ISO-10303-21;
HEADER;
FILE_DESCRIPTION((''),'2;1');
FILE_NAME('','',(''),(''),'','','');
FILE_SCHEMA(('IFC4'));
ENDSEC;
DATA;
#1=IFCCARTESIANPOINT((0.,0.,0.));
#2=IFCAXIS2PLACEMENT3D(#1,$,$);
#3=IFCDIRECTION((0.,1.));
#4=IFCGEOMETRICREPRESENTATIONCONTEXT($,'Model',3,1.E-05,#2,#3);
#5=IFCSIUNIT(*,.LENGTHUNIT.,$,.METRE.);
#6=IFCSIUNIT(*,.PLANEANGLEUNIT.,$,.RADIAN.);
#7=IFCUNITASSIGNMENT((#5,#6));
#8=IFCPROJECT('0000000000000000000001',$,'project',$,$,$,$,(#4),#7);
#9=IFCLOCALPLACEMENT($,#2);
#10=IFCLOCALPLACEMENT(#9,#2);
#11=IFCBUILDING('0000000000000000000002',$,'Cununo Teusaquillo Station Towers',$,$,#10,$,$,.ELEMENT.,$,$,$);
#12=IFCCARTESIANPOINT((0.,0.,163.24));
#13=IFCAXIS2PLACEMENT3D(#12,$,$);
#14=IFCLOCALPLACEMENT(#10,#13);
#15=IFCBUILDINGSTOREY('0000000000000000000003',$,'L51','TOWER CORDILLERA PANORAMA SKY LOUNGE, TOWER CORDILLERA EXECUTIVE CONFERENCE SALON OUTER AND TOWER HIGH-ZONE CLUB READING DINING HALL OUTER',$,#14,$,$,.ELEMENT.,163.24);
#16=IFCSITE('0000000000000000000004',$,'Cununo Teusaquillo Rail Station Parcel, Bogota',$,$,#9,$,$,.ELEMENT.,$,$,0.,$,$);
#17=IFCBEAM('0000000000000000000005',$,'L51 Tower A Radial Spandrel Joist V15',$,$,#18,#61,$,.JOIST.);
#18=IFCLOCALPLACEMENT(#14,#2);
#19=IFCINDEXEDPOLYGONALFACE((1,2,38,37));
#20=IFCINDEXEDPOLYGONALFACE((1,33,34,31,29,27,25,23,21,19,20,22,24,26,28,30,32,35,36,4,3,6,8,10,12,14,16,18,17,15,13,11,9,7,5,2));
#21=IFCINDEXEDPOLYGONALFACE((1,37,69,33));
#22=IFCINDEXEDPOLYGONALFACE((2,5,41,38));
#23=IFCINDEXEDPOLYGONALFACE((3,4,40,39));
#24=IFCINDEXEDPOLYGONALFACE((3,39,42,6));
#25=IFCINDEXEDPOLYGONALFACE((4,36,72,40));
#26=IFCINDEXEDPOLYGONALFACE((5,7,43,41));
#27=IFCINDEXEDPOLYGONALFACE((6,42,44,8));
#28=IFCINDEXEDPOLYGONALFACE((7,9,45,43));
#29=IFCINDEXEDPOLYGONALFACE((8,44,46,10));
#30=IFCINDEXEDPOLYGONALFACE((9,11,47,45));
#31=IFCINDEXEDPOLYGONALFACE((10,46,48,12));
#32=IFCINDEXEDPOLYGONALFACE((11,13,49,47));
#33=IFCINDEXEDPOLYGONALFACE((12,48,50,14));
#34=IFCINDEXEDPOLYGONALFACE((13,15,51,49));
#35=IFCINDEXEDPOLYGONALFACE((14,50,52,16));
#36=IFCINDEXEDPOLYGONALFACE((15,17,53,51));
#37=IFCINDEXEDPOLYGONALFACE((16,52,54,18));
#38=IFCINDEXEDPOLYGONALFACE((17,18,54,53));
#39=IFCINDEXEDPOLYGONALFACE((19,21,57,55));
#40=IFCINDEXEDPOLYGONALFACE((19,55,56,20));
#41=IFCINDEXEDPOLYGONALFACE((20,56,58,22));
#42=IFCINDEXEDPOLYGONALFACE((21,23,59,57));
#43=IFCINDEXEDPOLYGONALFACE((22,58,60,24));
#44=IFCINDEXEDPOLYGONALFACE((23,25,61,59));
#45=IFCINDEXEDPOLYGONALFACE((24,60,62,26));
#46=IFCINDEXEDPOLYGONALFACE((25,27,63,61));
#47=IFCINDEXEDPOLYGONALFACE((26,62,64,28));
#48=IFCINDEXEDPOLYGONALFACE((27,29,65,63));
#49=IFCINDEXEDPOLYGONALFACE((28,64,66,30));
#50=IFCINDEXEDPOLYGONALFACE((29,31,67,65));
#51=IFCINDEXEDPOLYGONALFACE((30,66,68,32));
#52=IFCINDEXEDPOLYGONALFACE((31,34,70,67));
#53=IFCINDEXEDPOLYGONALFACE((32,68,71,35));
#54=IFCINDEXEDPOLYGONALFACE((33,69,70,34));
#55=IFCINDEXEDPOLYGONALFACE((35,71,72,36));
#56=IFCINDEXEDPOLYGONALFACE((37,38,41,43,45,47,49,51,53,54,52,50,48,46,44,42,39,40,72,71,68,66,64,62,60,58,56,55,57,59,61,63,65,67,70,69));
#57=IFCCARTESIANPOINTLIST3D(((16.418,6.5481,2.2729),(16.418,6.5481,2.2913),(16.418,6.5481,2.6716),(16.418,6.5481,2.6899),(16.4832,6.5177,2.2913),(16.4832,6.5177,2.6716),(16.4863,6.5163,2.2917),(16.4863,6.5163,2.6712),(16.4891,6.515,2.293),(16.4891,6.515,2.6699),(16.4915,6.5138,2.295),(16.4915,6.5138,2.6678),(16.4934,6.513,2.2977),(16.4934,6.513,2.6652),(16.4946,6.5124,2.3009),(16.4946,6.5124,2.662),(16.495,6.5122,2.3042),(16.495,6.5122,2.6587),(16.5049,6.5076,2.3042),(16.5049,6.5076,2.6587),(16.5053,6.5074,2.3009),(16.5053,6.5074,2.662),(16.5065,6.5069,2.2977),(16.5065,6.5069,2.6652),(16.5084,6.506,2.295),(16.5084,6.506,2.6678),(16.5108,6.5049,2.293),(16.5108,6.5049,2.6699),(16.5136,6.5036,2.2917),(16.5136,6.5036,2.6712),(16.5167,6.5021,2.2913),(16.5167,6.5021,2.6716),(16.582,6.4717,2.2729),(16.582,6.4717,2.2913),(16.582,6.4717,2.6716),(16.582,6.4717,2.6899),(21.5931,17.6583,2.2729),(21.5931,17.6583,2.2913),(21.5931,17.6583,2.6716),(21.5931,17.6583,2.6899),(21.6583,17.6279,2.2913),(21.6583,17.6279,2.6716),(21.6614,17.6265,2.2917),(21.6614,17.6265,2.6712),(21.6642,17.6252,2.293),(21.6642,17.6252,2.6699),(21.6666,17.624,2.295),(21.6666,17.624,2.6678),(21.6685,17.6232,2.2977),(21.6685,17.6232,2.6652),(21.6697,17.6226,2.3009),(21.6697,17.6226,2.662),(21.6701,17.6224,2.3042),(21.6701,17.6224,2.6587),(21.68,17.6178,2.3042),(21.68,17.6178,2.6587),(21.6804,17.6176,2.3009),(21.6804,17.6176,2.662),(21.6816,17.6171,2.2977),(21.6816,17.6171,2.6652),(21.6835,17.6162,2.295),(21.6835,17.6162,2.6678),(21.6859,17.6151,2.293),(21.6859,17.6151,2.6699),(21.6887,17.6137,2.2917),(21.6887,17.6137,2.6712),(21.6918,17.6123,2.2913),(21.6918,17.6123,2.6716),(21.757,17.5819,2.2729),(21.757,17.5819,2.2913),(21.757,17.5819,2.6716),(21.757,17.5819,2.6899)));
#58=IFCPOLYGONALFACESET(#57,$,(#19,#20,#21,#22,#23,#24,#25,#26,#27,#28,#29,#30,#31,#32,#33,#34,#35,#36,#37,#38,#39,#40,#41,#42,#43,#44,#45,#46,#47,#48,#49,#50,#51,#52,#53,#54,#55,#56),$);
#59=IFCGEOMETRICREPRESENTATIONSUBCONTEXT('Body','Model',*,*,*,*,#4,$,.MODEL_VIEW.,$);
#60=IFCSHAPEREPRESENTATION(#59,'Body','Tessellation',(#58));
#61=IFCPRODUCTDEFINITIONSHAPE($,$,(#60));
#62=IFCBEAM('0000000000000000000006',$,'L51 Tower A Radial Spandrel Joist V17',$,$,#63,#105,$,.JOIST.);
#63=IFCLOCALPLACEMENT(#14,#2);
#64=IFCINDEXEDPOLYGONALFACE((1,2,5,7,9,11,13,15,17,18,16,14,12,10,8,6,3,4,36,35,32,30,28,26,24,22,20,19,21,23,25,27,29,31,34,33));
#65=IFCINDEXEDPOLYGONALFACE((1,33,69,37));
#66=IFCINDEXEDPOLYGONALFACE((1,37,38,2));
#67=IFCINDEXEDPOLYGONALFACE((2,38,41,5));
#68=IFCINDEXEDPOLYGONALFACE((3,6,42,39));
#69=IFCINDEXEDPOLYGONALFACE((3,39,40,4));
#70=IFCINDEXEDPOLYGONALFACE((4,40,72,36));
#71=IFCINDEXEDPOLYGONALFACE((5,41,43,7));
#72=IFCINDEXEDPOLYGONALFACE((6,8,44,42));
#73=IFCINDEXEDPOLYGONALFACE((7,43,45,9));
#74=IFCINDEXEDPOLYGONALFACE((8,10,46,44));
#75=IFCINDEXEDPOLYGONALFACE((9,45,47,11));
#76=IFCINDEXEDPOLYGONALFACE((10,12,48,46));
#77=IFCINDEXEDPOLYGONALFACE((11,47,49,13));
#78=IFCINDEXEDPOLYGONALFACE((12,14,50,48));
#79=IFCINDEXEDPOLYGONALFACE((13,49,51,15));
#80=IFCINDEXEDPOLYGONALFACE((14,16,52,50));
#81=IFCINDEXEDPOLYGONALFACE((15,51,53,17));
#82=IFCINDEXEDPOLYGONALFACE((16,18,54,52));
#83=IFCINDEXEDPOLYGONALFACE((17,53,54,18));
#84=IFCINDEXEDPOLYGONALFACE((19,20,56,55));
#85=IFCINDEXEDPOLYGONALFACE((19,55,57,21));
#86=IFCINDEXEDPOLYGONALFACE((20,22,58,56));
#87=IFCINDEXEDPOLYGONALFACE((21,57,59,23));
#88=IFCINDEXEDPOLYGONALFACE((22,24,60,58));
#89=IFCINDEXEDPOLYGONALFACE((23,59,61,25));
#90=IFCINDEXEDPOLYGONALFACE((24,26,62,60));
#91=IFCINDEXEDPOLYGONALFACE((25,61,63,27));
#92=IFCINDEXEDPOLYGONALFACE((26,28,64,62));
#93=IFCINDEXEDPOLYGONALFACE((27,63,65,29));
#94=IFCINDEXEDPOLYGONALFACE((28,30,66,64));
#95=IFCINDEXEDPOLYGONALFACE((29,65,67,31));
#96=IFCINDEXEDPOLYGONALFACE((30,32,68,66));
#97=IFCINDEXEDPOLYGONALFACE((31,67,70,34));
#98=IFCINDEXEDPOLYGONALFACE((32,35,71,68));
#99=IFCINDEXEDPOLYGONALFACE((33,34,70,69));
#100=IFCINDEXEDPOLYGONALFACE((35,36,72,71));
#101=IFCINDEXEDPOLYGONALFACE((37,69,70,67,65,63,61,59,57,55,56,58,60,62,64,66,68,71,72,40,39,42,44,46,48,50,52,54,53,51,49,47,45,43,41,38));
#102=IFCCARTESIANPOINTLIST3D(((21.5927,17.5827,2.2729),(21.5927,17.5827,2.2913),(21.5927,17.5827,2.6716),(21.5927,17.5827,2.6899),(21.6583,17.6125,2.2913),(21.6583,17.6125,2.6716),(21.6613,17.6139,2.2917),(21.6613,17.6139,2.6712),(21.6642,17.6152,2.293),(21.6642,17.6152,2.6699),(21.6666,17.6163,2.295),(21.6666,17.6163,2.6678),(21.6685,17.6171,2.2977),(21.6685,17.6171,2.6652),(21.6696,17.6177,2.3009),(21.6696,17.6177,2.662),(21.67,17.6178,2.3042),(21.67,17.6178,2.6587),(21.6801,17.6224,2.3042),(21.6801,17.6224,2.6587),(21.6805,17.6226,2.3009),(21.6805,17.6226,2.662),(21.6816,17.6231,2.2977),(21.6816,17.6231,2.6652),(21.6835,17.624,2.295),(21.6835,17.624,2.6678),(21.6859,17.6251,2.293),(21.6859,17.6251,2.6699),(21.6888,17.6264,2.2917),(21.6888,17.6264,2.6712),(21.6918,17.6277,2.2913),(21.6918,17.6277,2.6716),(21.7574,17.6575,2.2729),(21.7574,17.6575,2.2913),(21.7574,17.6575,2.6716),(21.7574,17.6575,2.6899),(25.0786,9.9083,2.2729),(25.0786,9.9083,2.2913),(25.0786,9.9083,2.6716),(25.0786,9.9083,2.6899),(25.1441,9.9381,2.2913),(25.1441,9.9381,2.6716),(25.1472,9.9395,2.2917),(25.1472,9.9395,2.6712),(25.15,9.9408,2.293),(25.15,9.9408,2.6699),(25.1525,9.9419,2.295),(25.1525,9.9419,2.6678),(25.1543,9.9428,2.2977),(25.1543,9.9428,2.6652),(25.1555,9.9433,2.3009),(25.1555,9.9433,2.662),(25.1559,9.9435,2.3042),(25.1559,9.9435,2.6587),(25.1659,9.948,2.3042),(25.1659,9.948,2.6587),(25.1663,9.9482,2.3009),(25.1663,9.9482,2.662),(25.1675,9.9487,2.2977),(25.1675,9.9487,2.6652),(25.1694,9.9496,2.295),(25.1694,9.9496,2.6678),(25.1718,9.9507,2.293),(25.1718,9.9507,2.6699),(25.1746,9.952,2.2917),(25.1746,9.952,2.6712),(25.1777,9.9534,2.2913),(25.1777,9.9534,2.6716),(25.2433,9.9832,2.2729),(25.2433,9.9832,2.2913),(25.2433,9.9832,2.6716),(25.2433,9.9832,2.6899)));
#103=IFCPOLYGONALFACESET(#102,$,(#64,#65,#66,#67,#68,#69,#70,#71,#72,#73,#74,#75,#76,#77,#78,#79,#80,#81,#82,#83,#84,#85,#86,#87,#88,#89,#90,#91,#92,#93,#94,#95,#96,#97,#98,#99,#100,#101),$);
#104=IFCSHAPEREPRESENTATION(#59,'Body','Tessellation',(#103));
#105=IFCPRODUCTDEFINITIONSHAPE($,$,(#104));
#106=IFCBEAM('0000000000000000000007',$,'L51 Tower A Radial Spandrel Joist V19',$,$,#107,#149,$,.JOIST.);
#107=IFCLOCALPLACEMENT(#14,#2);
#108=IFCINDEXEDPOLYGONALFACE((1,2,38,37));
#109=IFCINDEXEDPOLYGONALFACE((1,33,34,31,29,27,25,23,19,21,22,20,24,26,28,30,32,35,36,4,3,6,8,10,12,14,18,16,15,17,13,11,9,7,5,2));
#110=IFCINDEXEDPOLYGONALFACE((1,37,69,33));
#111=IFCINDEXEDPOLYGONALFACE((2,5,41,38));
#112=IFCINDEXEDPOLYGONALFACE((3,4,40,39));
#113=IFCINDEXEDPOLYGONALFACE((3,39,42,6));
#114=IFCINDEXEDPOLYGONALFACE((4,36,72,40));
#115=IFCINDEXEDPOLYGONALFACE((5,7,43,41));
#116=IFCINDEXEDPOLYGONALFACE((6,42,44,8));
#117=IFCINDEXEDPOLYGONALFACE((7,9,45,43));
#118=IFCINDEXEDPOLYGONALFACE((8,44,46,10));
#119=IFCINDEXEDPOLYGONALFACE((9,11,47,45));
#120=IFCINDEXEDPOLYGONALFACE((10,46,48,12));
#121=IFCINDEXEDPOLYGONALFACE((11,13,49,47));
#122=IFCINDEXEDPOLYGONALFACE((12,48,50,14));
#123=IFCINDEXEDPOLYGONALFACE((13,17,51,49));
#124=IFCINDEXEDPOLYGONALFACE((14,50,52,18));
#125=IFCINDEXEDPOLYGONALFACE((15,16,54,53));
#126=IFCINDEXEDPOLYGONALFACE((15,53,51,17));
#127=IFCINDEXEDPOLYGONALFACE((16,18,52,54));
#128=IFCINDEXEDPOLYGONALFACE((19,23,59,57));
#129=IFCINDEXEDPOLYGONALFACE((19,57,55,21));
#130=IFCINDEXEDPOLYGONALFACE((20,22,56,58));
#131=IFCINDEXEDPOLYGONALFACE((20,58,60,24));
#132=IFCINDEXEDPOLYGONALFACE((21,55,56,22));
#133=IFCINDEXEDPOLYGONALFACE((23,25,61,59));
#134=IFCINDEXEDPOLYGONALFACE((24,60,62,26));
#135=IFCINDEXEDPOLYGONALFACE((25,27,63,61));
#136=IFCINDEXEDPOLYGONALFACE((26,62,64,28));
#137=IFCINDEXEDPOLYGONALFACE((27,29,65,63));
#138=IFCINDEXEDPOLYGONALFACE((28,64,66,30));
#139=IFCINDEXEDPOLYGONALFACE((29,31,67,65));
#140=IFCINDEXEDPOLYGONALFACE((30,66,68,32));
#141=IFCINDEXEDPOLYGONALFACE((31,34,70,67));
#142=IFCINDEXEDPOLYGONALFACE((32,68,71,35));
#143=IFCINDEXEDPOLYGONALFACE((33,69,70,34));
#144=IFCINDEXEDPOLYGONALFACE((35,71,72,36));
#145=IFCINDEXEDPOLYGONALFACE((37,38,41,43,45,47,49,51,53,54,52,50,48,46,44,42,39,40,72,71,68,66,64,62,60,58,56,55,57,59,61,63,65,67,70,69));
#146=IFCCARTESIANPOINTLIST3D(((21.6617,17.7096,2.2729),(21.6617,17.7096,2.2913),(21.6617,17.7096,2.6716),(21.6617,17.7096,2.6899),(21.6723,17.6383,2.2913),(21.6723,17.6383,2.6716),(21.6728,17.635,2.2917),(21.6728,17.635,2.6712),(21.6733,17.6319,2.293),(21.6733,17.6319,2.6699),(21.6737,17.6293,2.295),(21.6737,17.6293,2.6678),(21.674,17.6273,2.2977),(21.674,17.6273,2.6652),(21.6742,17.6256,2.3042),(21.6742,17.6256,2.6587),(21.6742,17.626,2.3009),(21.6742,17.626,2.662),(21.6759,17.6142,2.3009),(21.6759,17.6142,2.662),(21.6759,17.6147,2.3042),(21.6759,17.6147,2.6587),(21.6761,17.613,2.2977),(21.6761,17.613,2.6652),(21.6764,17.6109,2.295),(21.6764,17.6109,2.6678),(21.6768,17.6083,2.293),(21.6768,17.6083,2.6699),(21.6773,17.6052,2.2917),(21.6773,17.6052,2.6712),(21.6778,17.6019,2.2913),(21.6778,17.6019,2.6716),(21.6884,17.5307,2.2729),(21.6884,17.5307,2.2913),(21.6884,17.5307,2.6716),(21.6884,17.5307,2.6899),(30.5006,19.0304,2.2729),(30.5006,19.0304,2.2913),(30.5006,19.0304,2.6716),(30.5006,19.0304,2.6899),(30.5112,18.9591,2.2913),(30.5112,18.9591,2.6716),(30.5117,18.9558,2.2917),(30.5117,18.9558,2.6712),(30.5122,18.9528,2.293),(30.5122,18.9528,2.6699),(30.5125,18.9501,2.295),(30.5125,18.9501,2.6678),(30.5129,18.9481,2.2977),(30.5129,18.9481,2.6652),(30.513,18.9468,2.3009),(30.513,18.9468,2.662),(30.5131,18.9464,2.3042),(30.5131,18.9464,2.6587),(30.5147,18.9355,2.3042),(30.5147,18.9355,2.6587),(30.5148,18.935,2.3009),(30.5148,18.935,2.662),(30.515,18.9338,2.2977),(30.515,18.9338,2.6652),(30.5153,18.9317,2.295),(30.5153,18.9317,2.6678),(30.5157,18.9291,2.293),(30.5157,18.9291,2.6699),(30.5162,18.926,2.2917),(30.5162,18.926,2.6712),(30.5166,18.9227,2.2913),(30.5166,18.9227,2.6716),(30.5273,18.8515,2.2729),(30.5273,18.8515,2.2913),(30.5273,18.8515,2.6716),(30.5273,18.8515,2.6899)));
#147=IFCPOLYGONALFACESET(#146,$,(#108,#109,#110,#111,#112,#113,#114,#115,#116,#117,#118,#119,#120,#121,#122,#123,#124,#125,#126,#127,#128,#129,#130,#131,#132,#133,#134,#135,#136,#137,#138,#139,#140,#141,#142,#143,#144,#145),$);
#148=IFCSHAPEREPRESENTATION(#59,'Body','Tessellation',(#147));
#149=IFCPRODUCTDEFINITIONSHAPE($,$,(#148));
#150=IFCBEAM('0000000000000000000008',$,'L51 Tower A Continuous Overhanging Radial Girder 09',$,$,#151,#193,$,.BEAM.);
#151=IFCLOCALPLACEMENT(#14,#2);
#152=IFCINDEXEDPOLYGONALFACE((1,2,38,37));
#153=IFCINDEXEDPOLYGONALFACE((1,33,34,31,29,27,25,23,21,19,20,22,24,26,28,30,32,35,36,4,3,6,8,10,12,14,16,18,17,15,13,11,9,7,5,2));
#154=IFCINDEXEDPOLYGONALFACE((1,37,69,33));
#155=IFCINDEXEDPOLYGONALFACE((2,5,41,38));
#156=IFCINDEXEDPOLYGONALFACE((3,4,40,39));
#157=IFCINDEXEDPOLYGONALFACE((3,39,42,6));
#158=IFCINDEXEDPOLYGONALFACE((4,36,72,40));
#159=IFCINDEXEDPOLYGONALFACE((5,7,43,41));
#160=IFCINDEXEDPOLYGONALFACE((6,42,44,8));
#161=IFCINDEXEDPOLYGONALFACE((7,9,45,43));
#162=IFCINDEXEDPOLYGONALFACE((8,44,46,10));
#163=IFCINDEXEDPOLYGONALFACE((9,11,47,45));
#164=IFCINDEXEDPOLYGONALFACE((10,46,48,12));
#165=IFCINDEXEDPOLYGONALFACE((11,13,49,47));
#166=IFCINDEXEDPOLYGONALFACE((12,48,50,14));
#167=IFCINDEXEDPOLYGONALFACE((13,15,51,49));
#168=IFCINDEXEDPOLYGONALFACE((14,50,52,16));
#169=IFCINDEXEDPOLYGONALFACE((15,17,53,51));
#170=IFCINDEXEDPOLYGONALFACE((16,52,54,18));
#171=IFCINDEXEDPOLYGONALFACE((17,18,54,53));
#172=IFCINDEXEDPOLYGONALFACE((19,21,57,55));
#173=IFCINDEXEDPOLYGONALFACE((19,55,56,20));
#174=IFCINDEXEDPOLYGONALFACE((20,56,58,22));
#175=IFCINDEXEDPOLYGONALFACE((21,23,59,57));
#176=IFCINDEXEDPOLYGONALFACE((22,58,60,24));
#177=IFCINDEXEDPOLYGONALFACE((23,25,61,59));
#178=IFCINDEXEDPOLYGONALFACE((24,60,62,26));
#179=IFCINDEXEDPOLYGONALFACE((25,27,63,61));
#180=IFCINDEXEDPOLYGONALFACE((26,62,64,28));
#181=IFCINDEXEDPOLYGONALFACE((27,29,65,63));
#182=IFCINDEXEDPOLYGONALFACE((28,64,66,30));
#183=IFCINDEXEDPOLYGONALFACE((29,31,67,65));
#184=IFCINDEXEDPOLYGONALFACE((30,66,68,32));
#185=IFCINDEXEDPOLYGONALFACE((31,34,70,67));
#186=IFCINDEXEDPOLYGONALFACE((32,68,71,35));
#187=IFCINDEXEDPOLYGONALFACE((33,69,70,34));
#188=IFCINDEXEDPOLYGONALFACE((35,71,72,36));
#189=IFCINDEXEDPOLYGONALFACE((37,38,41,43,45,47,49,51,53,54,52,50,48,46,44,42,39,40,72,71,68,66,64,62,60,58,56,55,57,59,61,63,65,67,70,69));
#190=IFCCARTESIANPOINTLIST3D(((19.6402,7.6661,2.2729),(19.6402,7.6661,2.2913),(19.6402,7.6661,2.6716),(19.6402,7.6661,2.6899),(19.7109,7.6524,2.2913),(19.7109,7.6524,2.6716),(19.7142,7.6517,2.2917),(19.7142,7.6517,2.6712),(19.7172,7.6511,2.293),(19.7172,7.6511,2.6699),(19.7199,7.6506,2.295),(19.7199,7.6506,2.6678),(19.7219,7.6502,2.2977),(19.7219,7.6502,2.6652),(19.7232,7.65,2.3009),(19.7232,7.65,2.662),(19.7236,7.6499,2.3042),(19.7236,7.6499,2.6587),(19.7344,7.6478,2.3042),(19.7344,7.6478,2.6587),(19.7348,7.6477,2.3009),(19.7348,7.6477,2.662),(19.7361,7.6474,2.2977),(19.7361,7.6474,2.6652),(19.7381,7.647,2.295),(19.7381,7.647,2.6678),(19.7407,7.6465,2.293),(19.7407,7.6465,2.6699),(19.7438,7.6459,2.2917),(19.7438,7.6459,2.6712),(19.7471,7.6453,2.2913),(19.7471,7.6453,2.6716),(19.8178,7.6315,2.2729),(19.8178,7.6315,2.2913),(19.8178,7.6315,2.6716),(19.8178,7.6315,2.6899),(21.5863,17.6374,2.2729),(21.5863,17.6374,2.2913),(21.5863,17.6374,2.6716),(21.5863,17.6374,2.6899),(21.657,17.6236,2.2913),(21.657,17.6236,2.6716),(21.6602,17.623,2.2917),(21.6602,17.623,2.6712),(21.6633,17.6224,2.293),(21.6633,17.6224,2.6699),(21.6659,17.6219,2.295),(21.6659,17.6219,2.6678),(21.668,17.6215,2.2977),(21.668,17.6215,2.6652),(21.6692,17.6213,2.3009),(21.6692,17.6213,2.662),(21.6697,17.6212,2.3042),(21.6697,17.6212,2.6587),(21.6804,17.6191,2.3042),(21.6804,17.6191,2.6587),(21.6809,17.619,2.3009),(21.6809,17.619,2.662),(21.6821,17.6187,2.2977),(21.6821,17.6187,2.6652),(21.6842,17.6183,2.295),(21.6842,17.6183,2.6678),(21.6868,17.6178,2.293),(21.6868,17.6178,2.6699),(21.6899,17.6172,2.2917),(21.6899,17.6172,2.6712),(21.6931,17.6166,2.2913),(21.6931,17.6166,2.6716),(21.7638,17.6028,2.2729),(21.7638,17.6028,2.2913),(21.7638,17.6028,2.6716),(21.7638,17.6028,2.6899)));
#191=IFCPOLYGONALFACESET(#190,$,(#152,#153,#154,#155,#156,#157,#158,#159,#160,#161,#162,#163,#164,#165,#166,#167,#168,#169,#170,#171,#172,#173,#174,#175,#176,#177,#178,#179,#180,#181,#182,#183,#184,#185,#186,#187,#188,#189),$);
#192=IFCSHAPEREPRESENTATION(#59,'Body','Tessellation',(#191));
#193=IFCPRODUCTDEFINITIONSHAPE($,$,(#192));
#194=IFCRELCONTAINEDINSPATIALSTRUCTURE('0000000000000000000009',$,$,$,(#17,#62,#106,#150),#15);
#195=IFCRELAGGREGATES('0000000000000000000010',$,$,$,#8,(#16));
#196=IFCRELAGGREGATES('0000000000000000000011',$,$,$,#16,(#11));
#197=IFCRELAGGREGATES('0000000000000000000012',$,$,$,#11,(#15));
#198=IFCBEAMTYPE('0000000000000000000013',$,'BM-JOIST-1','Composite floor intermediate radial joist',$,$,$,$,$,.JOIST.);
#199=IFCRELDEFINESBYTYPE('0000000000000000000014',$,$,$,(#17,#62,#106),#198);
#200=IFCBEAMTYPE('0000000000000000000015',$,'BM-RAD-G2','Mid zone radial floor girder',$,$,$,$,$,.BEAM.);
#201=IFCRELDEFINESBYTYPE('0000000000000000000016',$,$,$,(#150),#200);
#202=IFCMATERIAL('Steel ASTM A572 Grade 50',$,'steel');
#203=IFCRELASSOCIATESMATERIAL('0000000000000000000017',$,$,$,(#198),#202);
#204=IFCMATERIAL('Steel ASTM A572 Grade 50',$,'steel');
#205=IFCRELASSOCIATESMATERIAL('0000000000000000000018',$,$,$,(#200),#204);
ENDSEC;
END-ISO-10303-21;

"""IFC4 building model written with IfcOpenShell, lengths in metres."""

from ifc_helpers import new_model, si_unit, direction, frame, origin, origin_2d, place, context, subcontext, project, spatial, i_section, extrude, material, material_profile, profile_set, type_object, element, save


model = new_model("IFC4")

# Units and contexts
model_context = context("Model", 3, precision=1e-05, world=origin(), true_north=direction((0.0, 1.0)))
body_context = subcontext(model_context, "Body", "Model", "MODEL_VIEW")
ifc_project = project(units=[si_unit("LENGTHUNIT", "METRE"), si_unit("PLANEANGLEUNIT", "RADIAN")], contexts=[model_context])

# Site, building, storey
site_placement = place(None, origin())
site = spatial("IfcSite", under=ifc_project, at=site_placement, Name="Cununo Teusaquillo Rail Station Parcel, Bogota", CompositionType="ELEMENT", RefElevation=0.0)
building_placement = place(site_placement, origin())
building = spatial("IfcBuilding", under=site, at=building_placement, Name="Cununo Teusaquillo Station Towers", CompositionType="ELEMENT")
storey_placement = place(building_placement, frame((0.0, 0.0, 163.24)))
storey = spatial("IfcBuildingStorey", under=building, at=storey_placement, Name="L51", Description="TOWER CORDILLERA PANORAMA SKY LOUNGE, TOWER CORDILLERA EXECUTIVE CONFERENCE SALON OUTER AND TOWER HIGH-ZONE CLUB READING DINING HALL OUTER", CompositionType="ELEMENT", Elevation=163.24)

# Beams
ifc_material_1 = material(Name="Steel ASTM A572 Grade 50", Category="steel")
ifc_material_profile_1 = material_profile(ifc_material_1, i_section(OverallWidth=0.1809, OverallDepth=0.417, WebThickness=0.011, FlangeThickness=0.0183, FilletRadius=0.0129, at=origin_2d()), Name="W16X57")
ifc_profile_set_1 = profile_set([ifc_material_profile_1], Name="Steel ASTM A572 Grade 50")
beam_type_1 = type_object("IfcBeamType", Name="BM-JOIST-1", Description="Composite floor intermediate radial joist", PredefinedType="JOIST", material=ifc_profile_set_1)
beam_1_placement = place(storey_placement, frame((21.675, 17.6201, 2.4814), z_axis=(-0.422238, -0.906485, 0.0), x_axis=(0.906485, -0.422238, 0.0)))
element("IfcBeam", 1, at=beam_1_placement, inside=storey, type_object=beam_type_1, Name="L51 Tower A Radial Spandrel Joist V15", PredefinedType="JOIST", context=body_context, shape_type="SweptSolid", body=[
    extrude(i_section(OverallWidth=0.1809, OverallDepth=0.417, WebThickness=0.011, FlangeThickness=0.0183, FilletRadius=0.0129, at=origin_2d()), origin(), (0.0, 0.0, 1.0), 12.2563),
])
beam_2_placement = place(storey_placement, frame((21.675, 17.6201, 2.4814), z_axis=(0.413559, -0.910478, 0.0), x_axis=(0.910478, 0.413559, 0.0)))
element("IfcBeam", 2, at=beam_2_placement, inside=storey, type_object=beam_type_1, Name="L51 Tower A Radial Spandrel Joist V17", PredefinedType="JOIST", context=body_context, shape_type="SweptSolid", body=[
    extrude(i_section(OverallWidth=0.1809, OverallDepth=0.417, WebThickness=0.011, FlangeThickness=0.0183, FilletRadius=0.0129, at=origin_2d()), origin(), (0.0, 0.0, 1.0), 8.429),
])
beam_3_placement = place(storey_placement, frame((21.675, 17.6201, 2.4814), z_axis=(0.989019, 0.14779, 0.0), x_axis=(-0.14779, 0.989019, 0.0)))
element("IfcBeam", 3, at=beam_3_placement, inside=storey, type_object=beam_type_1, Name="L51 Tower A Radial Spandrel Joist V19", PredefinedType="JOIST", context=body_context, shape_type="SweptSolid", body=[
    extrude(i_section(OverallWidth=0.1809, OverallDepth=0.417, WebThickness=0.011, FlangeThickness=0.0183, FilletRadius=0.0129, at=origin_2d()), origin(), (0.0, 0.0, 1.0), 8.937),
])
ifc_material_2 = material(Name="Steel ASTM A572 Grade 50", Category="steel")
ifc_material_profile_2 = material_profile(ifc_material_2, i_section(OverallWidth=0.1809, OverallDepth=0.417, WebThickness=0.011, FlangeThickness=0.0183, FilletRadius=0.0129, at=origin_2d()), Name="W16X57")
ifc_profile_set_2 = profile_set([ifc_material_profile_2], Name="Steel ASTM A572 Grade 50")
beam_type_2 = type_object("IfcBeamType", Name="BM-RAD-G2", Description="Mid zone radial floor girder", PredefinedType="BEAM", material=ifc_profile_set_2)
beam_4_placement = place(storey_placement, frame((21.675, 17.6201, 2.4814), z_axis=(-0.191553, -0.981482, 0.0), x_axis=(0.981482, -0.191553, 0.0)))
element("IfcBeam", 4, at=beam_4_placement, inside=storey, type_object=beam_type_2, Name="L51 Tower A Continuous Overhanging Radial Girder 09", PredefinedType="BEAM", context=body_context, shape_type="SweptSolid", body=[
    extrude(i_section(OverallWidth=0.1809, OverallDepth=0.417, WebThickness=0.011, FlangeThickness=0.0183, FilletRadius=0.0129, at=origin_2d()), origin(), (0.0, 0.0, 1.0), 10.1594),
])

save(model, "model.ifc")
